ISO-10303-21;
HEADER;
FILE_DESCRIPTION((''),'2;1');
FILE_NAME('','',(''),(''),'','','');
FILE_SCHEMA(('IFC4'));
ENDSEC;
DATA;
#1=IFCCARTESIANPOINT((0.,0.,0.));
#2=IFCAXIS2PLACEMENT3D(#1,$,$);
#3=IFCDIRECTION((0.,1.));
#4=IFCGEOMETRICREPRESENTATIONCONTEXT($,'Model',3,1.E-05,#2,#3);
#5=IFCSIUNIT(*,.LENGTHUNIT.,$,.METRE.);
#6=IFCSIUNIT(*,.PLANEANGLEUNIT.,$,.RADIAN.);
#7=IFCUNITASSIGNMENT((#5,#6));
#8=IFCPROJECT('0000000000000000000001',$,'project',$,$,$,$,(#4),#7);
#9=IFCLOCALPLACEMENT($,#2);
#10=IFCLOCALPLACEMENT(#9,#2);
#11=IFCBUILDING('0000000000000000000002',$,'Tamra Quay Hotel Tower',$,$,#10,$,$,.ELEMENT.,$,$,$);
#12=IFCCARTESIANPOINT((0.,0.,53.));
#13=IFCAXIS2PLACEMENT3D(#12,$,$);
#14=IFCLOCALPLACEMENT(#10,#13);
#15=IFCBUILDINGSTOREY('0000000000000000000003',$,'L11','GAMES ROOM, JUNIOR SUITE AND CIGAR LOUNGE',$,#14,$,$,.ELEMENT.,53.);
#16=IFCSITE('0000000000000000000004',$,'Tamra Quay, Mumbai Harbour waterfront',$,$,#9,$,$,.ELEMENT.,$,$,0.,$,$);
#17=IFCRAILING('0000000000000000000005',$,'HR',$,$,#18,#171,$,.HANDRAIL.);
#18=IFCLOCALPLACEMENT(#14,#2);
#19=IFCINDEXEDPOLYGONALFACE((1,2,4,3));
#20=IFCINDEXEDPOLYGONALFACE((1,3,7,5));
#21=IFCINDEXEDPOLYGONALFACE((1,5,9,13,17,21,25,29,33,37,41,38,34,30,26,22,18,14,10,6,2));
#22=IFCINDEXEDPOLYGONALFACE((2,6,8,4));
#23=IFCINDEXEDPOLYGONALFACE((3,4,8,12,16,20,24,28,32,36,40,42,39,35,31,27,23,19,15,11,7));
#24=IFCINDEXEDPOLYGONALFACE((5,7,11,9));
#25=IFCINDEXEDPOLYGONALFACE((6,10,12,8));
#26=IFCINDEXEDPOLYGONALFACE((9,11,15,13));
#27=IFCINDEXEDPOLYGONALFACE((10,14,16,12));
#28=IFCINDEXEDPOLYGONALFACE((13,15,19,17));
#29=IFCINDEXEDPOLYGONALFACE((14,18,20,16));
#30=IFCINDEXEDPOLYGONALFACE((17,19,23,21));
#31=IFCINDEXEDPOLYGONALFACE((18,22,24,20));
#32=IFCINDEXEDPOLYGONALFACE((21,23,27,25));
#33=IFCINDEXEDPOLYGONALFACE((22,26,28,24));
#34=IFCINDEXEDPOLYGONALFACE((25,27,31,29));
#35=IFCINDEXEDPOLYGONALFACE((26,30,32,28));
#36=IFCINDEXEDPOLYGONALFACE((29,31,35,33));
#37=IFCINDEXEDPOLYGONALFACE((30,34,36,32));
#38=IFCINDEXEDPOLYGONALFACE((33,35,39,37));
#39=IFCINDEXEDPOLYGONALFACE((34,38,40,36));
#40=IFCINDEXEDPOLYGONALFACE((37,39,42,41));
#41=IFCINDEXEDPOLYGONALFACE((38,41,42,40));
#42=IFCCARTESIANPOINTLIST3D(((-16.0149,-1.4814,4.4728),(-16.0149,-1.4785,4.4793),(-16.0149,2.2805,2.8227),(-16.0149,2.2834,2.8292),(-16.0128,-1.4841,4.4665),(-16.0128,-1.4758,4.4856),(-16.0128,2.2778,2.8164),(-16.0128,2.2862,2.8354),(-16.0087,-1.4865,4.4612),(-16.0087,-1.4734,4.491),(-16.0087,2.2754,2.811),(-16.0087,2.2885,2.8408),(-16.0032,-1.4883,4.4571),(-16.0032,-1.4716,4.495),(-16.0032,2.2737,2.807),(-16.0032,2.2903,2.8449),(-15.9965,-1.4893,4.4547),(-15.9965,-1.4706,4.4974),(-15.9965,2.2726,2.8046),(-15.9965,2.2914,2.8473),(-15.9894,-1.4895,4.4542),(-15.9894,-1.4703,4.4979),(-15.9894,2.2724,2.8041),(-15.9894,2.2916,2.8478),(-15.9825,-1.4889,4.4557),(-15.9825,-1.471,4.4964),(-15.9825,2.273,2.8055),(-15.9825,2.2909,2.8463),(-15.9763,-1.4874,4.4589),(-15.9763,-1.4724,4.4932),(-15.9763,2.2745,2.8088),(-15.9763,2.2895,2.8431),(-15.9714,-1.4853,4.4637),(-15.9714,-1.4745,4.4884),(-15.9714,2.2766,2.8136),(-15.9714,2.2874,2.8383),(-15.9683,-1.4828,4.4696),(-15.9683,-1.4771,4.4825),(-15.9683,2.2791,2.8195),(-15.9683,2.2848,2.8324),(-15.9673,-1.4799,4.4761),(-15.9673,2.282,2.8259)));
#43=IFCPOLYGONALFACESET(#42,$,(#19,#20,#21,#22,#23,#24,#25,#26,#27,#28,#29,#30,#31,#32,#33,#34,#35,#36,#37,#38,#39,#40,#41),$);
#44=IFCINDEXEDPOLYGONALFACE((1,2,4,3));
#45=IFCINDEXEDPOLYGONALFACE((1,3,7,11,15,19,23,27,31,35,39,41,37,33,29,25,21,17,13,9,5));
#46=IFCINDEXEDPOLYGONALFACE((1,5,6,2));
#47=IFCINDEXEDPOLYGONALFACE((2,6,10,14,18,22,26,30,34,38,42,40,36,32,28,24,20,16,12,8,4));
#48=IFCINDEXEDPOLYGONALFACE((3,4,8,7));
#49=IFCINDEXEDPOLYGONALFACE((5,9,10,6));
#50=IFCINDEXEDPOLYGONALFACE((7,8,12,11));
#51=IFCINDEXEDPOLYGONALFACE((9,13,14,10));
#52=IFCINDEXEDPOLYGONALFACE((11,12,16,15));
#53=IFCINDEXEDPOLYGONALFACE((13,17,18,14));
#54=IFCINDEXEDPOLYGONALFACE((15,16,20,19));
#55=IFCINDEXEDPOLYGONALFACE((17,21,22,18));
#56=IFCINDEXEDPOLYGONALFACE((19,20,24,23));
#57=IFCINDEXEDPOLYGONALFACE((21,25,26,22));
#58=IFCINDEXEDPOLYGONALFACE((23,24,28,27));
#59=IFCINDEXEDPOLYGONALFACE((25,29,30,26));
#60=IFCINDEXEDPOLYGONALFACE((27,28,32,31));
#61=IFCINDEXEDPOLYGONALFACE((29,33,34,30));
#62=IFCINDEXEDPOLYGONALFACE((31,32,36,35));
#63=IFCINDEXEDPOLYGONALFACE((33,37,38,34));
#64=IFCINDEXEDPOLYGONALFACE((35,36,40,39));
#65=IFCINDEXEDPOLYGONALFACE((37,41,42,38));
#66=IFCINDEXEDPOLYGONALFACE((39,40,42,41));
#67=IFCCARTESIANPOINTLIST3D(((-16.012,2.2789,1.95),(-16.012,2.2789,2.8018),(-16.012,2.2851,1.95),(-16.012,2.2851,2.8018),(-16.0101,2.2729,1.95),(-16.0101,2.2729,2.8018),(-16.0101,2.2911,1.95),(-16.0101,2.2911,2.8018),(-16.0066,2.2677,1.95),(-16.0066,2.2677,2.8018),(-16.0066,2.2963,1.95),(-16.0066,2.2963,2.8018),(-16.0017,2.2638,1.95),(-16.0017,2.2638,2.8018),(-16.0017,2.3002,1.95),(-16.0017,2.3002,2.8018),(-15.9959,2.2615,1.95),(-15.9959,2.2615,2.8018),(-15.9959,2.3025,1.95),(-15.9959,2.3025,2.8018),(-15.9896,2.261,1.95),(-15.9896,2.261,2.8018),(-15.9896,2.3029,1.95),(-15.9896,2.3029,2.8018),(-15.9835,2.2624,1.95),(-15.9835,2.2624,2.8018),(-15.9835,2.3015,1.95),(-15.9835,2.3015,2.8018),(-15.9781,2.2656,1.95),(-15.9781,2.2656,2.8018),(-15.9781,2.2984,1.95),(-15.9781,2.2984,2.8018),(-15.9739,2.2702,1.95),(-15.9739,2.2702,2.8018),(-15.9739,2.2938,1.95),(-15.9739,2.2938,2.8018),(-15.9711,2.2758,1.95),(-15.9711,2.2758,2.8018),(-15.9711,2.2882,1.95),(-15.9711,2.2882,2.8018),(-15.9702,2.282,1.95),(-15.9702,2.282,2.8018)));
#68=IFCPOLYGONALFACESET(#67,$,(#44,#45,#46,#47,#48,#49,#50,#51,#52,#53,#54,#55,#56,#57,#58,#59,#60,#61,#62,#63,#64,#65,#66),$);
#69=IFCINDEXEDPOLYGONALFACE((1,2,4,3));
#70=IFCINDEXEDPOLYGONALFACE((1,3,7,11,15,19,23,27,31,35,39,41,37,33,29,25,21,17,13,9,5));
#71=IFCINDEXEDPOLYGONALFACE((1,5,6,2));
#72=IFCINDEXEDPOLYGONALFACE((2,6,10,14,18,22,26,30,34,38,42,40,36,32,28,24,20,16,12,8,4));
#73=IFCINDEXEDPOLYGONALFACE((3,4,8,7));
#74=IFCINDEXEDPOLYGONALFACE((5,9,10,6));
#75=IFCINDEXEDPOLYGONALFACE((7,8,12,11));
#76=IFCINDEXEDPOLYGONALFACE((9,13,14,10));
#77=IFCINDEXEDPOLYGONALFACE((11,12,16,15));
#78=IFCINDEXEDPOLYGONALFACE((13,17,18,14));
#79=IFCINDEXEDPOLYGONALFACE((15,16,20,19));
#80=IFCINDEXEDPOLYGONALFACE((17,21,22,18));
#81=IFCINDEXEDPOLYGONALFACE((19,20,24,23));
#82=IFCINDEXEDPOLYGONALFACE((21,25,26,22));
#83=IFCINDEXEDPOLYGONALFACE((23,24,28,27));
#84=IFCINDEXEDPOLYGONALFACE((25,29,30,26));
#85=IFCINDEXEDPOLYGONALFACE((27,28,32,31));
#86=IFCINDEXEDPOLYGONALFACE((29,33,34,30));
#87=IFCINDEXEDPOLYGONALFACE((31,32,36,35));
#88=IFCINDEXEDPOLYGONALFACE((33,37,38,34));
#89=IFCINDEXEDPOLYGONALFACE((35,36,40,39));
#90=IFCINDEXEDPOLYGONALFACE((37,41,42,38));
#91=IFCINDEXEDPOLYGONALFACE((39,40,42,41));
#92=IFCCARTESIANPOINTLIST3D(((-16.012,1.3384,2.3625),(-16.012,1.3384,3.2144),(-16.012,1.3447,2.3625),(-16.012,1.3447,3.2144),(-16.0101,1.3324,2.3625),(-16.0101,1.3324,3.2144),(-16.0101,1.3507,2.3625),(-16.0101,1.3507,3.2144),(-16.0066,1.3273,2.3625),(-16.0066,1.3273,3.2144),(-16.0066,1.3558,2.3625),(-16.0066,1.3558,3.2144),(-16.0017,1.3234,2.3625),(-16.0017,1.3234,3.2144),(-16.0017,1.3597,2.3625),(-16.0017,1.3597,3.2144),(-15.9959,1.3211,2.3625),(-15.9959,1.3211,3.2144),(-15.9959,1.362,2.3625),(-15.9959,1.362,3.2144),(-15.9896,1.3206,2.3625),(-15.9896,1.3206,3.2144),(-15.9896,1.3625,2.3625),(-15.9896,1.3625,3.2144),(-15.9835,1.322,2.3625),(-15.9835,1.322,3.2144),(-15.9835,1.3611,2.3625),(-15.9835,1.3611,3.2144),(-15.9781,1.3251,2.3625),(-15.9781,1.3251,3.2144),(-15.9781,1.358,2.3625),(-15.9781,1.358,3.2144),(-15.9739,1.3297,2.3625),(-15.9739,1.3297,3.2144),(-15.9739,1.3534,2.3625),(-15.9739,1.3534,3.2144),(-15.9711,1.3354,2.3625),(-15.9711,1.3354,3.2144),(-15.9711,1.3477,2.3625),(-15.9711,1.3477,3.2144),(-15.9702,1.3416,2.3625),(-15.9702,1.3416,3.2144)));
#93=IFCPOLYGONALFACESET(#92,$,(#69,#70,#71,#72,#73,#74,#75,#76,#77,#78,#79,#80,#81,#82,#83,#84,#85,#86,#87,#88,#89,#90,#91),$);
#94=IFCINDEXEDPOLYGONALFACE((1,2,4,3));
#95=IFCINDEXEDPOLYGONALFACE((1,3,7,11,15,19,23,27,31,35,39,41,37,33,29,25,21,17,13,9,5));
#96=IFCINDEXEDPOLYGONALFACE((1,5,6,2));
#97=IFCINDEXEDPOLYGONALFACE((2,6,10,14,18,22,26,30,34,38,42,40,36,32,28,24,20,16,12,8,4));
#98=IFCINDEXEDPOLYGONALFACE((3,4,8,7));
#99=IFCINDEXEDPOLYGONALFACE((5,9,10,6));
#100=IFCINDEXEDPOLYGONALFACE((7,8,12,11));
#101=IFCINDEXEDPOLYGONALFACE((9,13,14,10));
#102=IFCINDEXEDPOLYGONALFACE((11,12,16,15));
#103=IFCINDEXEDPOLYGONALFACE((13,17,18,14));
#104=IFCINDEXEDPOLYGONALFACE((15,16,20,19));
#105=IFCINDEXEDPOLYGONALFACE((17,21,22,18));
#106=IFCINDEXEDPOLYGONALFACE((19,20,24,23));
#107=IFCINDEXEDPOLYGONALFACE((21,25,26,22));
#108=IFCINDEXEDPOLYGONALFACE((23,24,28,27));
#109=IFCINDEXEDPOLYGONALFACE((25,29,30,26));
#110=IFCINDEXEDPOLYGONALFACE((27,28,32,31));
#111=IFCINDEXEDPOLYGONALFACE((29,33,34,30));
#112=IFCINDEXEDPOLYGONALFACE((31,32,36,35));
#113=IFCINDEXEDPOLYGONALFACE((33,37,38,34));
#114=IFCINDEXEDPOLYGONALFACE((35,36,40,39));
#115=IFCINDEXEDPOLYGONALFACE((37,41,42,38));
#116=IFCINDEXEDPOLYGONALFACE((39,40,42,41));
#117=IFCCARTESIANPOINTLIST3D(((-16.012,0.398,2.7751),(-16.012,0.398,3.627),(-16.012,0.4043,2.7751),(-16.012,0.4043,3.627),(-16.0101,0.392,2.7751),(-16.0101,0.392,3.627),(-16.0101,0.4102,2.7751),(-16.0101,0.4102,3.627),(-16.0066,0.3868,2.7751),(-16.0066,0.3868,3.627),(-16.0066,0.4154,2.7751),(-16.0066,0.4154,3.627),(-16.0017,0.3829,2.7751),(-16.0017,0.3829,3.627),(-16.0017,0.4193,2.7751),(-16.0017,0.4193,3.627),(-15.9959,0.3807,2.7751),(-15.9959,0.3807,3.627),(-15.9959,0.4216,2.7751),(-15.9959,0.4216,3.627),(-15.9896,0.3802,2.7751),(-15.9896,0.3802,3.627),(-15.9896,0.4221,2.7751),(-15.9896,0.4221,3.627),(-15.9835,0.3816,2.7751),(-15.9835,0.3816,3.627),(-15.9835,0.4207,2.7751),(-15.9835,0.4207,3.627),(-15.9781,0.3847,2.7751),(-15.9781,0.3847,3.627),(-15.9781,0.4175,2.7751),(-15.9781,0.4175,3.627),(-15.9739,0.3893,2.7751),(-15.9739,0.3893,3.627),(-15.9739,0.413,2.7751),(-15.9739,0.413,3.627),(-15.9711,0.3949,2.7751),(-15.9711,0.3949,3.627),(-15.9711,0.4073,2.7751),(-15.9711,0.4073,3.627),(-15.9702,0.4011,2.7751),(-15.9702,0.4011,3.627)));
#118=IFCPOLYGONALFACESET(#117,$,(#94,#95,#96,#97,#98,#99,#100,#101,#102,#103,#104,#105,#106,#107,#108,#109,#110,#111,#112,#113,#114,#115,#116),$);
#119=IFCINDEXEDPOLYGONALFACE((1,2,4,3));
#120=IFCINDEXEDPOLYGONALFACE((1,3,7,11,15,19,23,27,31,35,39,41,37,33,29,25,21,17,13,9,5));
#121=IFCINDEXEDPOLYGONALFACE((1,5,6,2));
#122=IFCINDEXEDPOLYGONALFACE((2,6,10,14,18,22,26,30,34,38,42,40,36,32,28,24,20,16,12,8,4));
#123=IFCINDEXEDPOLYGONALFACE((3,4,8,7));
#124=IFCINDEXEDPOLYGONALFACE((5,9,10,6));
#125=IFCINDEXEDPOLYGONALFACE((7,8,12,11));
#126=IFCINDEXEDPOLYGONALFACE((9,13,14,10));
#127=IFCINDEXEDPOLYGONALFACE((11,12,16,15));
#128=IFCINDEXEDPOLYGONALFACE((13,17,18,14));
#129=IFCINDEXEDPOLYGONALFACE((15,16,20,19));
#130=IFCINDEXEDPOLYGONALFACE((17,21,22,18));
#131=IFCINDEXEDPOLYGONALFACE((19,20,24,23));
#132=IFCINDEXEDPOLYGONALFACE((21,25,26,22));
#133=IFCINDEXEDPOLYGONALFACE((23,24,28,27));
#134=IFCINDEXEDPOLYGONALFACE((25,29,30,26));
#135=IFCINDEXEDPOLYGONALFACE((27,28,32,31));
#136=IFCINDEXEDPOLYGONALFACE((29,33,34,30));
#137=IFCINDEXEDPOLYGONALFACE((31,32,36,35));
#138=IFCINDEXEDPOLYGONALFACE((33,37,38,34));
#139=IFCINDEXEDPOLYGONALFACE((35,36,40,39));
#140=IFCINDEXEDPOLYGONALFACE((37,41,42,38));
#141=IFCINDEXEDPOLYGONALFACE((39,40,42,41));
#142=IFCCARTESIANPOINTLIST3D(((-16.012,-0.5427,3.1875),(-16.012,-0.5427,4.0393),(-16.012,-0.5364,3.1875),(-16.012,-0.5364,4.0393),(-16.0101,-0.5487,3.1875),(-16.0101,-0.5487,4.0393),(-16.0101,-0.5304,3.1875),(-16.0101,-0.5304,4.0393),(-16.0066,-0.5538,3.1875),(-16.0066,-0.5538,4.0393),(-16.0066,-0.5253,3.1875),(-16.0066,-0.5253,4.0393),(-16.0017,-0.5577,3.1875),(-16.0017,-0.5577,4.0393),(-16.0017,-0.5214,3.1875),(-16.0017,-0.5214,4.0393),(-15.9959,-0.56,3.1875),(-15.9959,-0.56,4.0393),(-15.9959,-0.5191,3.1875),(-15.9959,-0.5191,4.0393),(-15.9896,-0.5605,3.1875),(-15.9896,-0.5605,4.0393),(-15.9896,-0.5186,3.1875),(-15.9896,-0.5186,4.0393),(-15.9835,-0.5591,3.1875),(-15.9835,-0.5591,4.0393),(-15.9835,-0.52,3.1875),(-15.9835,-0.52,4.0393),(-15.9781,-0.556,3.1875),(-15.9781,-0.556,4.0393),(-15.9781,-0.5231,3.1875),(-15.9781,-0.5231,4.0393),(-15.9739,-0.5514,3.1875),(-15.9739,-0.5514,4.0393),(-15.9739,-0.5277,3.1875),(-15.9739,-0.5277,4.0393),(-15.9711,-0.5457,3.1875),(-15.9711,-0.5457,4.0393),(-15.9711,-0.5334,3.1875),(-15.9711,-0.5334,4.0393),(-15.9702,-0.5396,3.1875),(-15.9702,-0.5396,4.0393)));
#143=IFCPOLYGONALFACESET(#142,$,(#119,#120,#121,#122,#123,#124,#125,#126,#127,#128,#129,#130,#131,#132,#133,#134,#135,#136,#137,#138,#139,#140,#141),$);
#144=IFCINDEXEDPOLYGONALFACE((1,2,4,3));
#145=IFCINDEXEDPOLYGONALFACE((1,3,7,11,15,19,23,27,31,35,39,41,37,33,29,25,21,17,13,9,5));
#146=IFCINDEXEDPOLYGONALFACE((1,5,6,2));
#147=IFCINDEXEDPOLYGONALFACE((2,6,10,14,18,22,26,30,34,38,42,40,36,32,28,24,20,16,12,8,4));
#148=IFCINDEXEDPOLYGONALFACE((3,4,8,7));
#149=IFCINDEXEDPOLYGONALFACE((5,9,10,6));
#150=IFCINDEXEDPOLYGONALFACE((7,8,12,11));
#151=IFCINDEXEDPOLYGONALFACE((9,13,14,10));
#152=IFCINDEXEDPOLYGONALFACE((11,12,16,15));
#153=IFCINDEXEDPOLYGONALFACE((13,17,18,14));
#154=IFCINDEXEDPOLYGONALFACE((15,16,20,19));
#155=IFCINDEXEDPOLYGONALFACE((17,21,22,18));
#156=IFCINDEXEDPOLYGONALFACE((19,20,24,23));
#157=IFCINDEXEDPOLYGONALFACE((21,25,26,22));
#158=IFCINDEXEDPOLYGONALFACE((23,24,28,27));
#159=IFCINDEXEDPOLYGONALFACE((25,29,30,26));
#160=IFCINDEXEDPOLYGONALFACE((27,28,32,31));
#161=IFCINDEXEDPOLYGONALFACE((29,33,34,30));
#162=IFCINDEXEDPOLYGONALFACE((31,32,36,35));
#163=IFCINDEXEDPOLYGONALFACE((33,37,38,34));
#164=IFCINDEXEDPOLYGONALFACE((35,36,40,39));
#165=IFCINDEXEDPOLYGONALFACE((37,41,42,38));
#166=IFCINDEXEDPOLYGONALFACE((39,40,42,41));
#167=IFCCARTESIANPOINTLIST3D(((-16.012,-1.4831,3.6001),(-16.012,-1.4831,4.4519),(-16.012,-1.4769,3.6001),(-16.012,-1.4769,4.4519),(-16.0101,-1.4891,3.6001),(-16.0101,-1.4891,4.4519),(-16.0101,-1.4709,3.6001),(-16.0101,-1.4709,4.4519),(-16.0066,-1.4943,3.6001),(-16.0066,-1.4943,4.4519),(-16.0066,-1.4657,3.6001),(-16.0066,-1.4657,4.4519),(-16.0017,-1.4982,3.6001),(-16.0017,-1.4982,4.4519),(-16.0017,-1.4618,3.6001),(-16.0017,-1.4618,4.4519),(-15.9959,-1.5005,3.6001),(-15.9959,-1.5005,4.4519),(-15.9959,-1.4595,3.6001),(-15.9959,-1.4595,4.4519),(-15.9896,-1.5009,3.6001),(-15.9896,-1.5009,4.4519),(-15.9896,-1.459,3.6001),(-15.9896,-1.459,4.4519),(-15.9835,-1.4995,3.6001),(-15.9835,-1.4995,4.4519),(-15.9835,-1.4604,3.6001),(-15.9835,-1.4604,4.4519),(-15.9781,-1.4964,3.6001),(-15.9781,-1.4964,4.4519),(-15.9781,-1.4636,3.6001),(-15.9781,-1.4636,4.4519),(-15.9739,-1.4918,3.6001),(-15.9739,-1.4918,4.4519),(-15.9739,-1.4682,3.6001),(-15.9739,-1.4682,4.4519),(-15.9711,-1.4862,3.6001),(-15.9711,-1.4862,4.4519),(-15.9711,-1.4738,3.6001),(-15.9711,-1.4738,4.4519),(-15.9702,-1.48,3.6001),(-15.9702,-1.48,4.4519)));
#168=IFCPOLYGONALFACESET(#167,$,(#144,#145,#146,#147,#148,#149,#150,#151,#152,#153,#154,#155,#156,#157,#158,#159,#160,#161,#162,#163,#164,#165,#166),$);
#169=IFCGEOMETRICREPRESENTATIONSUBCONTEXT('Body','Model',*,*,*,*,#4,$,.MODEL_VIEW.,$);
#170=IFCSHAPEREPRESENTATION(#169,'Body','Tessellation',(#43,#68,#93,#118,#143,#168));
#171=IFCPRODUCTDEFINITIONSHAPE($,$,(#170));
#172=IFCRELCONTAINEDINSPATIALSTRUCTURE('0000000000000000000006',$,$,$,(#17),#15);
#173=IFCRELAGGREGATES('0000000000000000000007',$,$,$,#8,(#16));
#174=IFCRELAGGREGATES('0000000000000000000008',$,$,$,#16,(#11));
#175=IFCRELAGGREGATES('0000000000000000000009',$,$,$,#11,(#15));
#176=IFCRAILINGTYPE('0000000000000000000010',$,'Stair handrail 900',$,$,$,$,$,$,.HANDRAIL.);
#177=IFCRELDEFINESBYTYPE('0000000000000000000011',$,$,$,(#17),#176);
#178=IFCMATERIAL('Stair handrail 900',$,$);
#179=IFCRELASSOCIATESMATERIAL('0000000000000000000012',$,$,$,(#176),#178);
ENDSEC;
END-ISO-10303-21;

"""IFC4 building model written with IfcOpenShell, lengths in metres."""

from ifc_helpers import new_model, si_unit, direction, frame, origin, origin_2d, place, context, subcontext, project, spatial, circle, extrude, material, type_object, element, save


model = new_model("IFC4")

# Units and contexts
model_context = context("Model", 3, precision=1e-05, world=origin(), true_north=direction((0.0, 1.0)))
body_context = subcontext(model_context, "Body", "Model", "MODEL_VIEW")
ifc_project = project(units=[si_unit("LENGTHUNIT", "METRE"), si_unit("PLANEANGLEUNIT", "RADIAN")], contexts=[model_context])

# Site, building, storey
site_placement = place(None, origin())
site = spatial("IfcSite", under=ifc_project, at=site_placement, Name="Tamra Quay, Mumbai Harbour waterfront", CompositionType="ELEMENT", RefElevation=0.0)
building_placement = place(site_placement, origin())
building = spatial("IfcBuilding", under=site, at=building_placement, Name="Tamra Quay Hotel Tower", CompositionType="ELEMENT")
storey_placement = place(building_placement, frame((0.0, 0.0, 53.0)))
storey = spatial("IfcBuildingStorey", under=building, at=storey_placement, Name="L11", Description="GAMES ROOM, JUNIOR SUITE AND CIGAR LOUNGE", CompositionType="ELEMENT", Elevation=53.0)

# Railing
ifc_material_1 = material(Name="Stair handrail 900")
railing_type = type_object("IfcRailingType", Name="Stair handrail 900", PredefinedType="HANDRAIL", material=ifc_material_1)
railing_placement = place(storey_placement, frame((-15.9912, 2.282, 1.95)))
element("IfcRailing", 1, at=railing_placement, inside=storey, type_object=railing_type, Name="HR", PredefinedType="HANDRAIL", context=body_context, shape_type="SweptSolid", body=[
    extrude(circle(Radius=0.0239, at=origin_2d()), frame((0.0, 0.0, 0.876), z_axis=(0.0, -0.915774, 0.401695), x_axis=(1.0, 0.0, 0.0)), (0.0, 0.0, 1.0), 4.1079),
    extrude(circle(Radius=0.021, at=origin_2d()), origin(), (0.0, 0.0, 1.0), 0.8518),
    extrude(circle(Radius=0.021, at=origin_2d()), frame((0.0, -0.9404, 0.4126)), (0.0, 0.0, 1.0), 0.8518),
    extrude(circle(Radius=0.021, at=origin_2d()), frame((0.0, -1.8809, 0.8252)), (0.0, 0.0, 1.0), 0.8518),
    extrude(circle(Radius=0.021, at=origin_2d()), frame((0.0, -2.8215, 1.2375)), (0.0, 0.0, 1.0), 0.8518),
    extrude(circle(Radius=0.021, at=origin_2d()), frame((0.0, -3.762, 1.6501)), (0.0, 0.0, 1.0), 0.8518),
])

save(model, "model.ifc")
